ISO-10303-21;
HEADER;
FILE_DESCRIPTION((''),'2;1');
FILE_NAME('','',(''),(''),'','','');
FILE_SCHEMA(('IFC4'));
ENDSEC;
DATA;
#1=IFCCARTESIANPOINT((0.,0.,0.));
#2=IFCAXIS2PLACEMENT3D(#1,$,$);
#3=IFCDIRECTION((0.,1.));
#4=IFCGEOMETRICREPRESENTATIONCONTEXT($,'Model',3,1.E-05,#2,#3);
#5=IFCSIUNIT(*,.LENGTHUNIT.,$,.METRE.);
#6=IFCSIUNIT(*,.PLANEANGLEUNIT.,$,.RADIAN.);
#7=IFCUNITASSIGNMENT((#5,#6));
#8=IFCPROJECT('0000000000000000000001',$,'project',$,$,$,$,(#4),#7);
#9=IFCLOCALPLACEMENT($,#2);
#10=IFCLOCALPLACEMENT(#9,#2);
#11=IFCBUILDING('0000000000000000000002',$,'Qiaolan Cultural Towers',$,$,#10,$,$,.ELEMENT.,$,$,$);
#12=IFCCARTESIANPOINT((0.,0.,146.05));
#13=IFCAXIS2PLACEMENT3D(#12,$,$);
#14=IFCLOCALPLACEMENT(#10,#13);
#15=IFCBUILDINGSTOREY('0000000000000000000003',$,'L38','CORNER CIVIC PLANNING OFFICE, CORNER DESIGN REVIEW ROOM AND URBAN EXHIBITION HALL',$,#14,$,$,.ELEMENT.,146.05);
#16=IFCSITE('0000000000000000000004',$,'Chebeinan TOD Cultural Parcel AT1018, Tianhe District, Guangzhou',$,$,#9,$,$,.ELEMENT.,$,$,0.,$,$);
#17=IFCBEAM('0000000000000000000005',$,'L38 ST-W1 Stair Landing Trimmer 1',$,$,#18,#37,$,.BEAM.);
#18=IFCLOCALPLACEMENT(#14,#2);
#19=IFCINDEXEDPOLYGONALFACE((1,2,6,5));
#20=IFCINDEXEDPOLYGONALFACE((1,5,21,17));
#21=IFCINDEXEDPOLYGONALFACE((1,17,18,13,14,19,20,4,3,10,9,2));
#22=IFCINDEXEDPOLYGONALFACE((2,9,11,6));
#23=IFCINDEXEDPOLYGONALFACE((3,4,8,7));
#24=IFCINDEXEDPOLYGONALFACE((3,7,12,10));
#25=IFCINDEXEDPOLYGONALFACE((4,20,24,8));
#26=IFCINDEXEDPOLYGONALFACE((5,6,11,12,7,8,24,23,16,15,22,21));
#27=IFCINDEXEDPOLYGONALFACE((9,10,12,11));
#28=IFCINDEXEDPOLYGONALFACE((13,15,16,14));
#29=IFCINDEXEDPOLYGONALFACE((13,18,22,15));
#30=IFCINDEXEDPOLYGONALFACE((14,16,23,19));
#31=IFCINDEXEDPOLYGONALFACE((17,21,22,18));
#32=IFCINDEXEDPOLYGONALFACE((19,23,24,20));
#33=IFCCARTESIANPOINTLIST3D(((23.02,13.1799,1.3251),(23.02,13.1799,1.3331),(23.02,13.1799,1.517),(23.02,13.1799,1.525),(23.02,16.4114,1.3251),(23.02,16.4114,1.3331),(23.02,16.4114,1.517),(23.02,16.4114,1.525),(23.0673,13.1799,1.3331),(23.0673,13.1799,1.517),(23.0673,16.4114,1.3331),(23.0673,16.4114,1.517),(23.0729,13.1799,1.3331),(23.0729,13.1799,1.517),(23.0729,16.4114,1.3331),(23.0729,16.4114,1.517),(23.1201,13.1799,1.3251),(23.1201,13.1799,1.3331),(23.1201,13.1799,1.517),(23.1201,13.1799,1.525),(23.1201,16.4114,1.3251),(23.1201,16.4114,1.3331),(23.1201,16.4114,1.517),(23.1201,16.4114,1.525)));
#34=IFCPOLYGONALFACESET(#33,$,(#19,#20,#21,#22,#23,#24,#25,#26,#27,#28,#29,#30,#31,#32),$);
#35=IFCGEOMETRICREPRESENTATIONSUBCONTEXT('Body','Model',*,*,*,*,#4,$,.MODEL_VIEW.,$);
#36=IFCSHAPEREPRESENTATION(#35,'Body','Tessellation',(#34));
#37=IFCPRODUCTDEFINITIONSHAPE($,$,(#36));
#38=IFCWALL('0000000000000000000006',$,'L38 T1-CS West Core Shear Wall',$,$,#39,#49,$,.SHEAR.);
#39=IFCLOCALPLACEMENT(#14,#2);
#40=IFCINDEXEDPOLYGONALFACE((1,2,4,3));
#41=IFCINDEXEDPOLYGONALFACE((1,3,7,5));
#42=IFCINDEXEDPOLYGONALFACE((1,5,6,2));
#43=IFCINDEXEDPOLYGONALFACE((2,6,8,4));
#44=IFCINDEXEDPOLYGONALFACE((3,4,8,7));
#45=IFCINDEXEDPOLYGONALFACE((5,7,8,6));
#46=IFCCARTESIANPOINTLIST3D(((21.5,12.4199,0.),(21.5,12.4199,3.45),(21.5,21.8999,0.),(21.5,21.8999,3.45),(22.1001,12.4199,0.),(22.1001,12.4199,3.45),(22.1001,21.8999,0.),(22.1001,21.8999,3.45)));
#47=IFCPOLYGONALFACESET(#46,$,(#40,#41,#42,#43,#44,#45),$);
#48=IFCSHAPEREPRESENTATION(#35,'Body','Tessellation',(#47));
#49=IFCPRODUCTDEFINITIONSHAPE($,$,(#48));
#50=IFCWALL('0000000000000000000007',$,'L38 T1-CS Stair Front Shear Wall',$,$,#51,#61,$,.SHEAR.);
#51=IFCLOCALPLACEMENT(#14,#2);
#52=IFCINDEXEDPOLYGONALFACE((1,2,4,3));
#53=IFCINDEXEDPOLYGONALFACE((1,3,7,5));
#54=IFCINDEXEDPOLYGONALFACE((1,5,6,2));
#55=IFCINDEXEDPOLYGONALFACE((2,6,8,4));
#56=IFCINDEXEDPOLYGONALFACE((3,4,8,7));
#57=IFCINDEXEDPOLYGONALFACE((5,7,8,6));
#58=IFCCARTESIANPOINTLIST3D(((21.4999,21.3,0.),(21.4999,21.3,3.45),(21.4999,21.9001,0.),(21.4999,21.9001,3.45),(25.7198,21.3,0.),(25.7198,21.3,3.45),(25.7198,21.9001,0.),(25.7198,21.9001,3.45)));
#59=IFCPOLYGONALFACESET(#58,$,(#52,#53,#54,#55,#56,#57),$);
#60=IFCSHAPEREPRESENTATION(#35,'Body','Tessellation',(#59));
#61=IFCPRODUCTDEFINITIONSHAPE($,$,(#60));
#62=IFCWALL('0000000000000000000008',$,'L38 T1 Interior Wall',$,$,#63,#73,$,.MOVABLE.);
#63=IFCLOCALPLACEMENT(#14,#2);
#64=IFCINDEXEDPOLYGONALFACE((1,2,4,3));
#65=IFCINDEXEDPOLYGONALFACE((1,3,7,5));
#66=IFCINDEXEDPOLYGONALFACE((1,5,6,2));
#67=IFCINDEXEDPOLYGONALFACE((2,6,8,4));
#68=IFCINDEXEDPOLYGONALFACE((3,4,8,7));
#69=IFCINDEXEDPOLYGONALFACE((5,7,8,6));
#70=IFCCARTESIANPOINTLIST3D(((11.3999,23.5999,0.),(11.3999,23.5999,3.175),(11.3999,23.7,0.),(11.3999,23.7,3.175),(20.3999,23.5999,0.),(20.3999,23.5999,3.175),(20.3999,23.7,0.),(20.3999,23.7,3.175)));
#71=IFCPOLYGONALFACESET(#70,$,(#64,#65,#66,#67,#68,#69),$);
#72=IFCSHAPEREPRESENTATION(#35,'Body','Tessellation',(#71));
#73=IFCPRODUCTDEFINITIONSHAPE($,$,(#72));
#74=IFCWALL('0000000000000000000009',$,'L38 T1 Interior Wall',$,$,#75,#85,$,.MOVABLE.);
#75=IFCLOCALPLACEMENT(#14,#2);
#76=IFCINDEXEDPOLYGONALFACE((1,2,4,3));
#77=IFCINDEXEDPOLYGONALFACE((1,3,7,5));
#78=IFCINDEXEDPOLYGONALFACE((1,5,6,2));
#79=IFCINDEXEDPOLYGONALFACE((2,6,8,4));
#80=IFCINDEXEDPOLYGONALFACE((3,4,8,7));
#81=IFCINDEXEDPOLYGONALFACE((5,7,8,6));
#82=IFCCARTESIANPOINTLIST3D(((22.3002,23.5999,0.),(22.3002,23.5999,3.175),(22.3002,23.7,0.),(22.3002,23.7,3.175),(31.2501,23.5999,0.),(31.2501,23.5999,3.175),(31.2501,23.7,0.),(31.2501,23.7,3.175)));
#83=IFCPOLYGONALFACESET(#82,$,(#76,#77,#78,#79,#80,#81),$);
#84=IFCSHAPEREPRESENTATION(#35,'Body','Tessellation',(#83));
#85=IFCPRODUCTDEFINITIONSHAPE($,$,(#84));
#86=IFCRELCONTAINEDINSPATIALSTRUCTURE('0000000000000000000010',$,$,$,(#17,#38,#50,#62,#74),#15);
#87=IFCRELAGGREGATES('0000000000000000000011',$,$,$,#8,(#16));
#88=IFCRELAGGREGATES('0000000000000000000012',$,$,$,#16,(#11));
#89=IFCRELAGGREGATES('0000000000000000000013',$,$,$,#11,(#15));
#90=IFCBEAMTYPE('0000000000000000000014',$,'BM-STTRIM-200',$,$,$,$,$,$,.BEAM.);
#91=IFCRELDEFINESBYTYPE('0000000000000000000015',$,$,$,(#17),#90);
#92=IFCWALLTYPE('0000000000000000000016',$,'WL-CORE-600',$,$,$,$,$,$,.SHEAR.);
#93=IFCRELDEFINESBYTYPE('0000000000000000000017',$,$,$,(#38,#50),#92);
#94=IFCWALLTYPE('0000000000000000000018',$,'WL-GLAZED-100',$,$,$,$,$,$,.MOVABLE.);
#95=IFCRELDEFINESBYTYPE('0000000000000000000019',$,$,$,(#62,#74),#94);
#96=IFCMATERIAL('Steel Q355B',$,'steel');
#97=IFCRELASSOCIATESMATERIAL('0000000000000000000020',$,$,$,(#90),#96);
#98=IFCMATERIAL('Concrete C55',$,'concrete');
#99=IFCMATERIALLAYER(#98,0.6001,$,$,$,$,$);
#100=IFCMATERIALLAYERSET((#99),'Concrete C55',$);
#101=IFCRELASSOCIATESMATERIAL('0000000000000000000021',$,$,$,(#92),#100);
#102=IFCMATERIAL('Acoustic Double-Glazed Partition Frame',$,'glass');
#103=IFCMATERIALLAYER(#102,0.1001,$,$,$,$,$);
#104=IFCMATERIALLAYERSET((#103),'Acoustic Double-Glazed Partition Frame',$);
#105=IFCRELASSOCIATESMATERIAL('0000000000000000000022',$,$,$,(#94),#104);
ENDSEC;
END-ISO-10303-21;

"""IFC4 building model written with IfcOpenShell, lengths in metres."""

from ifc_helpers import new_model, si_unit, direction, frame, frame_2d, origin, origin_2d, place, context, subcontext, project, spatial, rectangle, i_section, extrude, material, layer, layer_set, material_profile, profile_set, type_object, element, save


model = new_model("IFC4")

# Units and contexts
model_context = context("Model", 3, precision=1e-05, world=origin(), true_north=direction((0.0, 1.0)))
body_context = subcontext(model_context, "Body", "Model", "MODEL_VIEW")
ifc_project = project(units=[si_unit("LENGTHUNIT", "METRE"), si_unit("PLANEANGLEUNIT", "RADIAN")], contexts=[model_context])

# Site, building, storey
site_placement = place(None, origin())
site = spatial("IfcSite", under=ifc_project, at=site_placement, Name="Chebeinan TOD Cultural Parcel AT1018, Tianhe District, Guangzhou", CompositionType="ELEMENT", RefElevation=0.0)
building_placement = place(site_placement, origin())
building = spatial("IfcBuilding", under=site, at=building_placement, Name="Qiaolan Cultural Towers", CompositionType="ELEMENT")
storey_placement = place(building_placement, frame((0.0, 0.0, 146.05)))
storey = spatial("IfcBuildingStorey", under=building, at=storey_placement, Name="L38", Description="CORNER CIVIC PLANNING OFFICE, CORNER DESIGN REVIEW ROOM AND URBAN EXHIBITION HALL", CompositionType="ELEMENT", Elevation=146.05)

# Beam
ifc_material_1 = material(Name="Steel Q355B", Category="steel")
ifc_material_profile_1 = material_profile(ifc_material_1, i_section(OverallWidth=0.1001, OverallDepth=0.2, WebThickness=0.0056, FlangeThickness=0.0081, at=origin_2d()), Name="HN200x100x5.5x8")
ifc_profile_set_1 = profile_set([ifc_material_profile_1], Name="Steel Q355B")
beam_type_1 = type_object("IfcBeamType", Name="BM-STTRIM-200", PredefinedType="BEAM", material=ifc_profile_set_1)
beam_1_placement = place(storey_placement, frame((23.0701, 16.4114, 1.425), z_axis=(0.0, -1.0, 0.0), x_axis=(1.0, 0.0, 0.0)))
element("IfcBeam", 1, at=beam_1_placement, inside=storey, type_object=beam_type_1, Name="L38 ST-W1 Stair Landing Trimmer 1", PredefinedType="BEAM", context=body_context, shape_type="SweptSolid", body=[
    extrude(i_section(OverallWidth=0.1001, OverallDepth=0.2, WebThickness=0.0056, FlangeThickness=0.0081, at=origin_2d()), origin(), (0.0, 0.0, 1.0), 3.2314),
])

# Walls
ifc_material_2 = material(Name="Concrete C55", Category="concrete")
ifc_layer_1 = layer(ifc_material_2, 0.6001)
ifc_layer_set_1 = layer_set([ifc_layer_1], Name="Concrete C55")
wall_type_1 = type_object("IfcWallType", Name="WL-CORE-600", PredefinedType="SHEAR", material=ifc_layer_set_1)
wall_1_placement = place(storey_placement, frame((21.8, 21.8999, 0.0), z_axis=(0.0, 0.0, 1.0), x_axis=(0.0, -1.0, 0.0)))
element("IfcWall", 2, at=wall_1_placement, inside=storey, type_object=wall_type_1, Name="L38 T1-CS West Core Shear Wall", PredefinedType="SHEAR", context=body_context, shape_type="SweptSolid", body=[
    extrude(rectangle(XDim=9.48, YDim=0.6001, at=frame_2d((4.74, 0.0))), origin(), (0.0, 0.0, 1.0), 3.45),
])
wall_2_placement = place(storey_placement, frame((21.5, 21.6001, 0.0), z_axis=(0.0, 0.0, 1.0), x_axis=(1.0, 0.0, 0.0)))
element("IfcWall", 3, at=wall_2_placement, inside=storey, type_object=wall_type_1, Name="L38 T1-CS Stair Front Shear Wall", PredefinedType="SHEAR", context=body_context, shape_type="SweptSolid", body=[
    extrude(rectangle(XDim=4.22, YDim=0.6001, at=frame_2d((2.1099, 0.0))), origin(), (0.0, 0.0, 1.0), 3.45),
])
ifc_material_3 = material(Name="Acoustic Double-Glazed Partition Frame", Category="glass")
ifc_layer_2 = layer(ifc_material_3, 0.1001)
ifc_layer_set_2 = layer_set([ifc_layer_2], Name="Acoustic Double-Glazed Partition Frame")
wall_type_2 = type_object("IfcWallType", Name="WL-GLAZED-100", PredefinedType="MOVABLE", material=ifc_layer_set_2)
wall_3_placement = place(storey_placement, frame((11.3999, 23.6499, 0.0), z_axis=(0.0, 0.0, 1.0), x_axis=(1.0, 0.0, 0.0)))
element("IfcWall", 4, at=wall_3_placement, inside=storey, type_object=wall_type_2, Name="L38 T1 Interior Wall", PredefinedType="MOVABLE", context=body_context, shape_type="SweptSolid", body=[
    extrude(rectangle(XDim=9.0, YDim=0.1001, at=frame_2d((4.5, 0.0))), origin(), (0.0, 0.0, 1.0), 3.175),
])
wall_4_placement = place(storey_placement, frame((22.3, 23.6499, 0.0), z_axis=(0.0, 0.0, 1.0), x_axis=(1.0, 0.0, 0.0)))
element("IfcWall", 5, at=wall_4_placement, inside=storey, type_object=wall_type_2, Name="L38 T1 Interior Wall", PredefinedType="MOVABLE", context=body_context, shape_type="SweptSolid", body=[
    extrude(rectangle(XDim=8.95, YDim=0.1001, at=frame_2d((4.4751, 0.0))), origin(), (0.0, 0.0, 1.0), 3.175),
])

save(model, "model.ifc")
